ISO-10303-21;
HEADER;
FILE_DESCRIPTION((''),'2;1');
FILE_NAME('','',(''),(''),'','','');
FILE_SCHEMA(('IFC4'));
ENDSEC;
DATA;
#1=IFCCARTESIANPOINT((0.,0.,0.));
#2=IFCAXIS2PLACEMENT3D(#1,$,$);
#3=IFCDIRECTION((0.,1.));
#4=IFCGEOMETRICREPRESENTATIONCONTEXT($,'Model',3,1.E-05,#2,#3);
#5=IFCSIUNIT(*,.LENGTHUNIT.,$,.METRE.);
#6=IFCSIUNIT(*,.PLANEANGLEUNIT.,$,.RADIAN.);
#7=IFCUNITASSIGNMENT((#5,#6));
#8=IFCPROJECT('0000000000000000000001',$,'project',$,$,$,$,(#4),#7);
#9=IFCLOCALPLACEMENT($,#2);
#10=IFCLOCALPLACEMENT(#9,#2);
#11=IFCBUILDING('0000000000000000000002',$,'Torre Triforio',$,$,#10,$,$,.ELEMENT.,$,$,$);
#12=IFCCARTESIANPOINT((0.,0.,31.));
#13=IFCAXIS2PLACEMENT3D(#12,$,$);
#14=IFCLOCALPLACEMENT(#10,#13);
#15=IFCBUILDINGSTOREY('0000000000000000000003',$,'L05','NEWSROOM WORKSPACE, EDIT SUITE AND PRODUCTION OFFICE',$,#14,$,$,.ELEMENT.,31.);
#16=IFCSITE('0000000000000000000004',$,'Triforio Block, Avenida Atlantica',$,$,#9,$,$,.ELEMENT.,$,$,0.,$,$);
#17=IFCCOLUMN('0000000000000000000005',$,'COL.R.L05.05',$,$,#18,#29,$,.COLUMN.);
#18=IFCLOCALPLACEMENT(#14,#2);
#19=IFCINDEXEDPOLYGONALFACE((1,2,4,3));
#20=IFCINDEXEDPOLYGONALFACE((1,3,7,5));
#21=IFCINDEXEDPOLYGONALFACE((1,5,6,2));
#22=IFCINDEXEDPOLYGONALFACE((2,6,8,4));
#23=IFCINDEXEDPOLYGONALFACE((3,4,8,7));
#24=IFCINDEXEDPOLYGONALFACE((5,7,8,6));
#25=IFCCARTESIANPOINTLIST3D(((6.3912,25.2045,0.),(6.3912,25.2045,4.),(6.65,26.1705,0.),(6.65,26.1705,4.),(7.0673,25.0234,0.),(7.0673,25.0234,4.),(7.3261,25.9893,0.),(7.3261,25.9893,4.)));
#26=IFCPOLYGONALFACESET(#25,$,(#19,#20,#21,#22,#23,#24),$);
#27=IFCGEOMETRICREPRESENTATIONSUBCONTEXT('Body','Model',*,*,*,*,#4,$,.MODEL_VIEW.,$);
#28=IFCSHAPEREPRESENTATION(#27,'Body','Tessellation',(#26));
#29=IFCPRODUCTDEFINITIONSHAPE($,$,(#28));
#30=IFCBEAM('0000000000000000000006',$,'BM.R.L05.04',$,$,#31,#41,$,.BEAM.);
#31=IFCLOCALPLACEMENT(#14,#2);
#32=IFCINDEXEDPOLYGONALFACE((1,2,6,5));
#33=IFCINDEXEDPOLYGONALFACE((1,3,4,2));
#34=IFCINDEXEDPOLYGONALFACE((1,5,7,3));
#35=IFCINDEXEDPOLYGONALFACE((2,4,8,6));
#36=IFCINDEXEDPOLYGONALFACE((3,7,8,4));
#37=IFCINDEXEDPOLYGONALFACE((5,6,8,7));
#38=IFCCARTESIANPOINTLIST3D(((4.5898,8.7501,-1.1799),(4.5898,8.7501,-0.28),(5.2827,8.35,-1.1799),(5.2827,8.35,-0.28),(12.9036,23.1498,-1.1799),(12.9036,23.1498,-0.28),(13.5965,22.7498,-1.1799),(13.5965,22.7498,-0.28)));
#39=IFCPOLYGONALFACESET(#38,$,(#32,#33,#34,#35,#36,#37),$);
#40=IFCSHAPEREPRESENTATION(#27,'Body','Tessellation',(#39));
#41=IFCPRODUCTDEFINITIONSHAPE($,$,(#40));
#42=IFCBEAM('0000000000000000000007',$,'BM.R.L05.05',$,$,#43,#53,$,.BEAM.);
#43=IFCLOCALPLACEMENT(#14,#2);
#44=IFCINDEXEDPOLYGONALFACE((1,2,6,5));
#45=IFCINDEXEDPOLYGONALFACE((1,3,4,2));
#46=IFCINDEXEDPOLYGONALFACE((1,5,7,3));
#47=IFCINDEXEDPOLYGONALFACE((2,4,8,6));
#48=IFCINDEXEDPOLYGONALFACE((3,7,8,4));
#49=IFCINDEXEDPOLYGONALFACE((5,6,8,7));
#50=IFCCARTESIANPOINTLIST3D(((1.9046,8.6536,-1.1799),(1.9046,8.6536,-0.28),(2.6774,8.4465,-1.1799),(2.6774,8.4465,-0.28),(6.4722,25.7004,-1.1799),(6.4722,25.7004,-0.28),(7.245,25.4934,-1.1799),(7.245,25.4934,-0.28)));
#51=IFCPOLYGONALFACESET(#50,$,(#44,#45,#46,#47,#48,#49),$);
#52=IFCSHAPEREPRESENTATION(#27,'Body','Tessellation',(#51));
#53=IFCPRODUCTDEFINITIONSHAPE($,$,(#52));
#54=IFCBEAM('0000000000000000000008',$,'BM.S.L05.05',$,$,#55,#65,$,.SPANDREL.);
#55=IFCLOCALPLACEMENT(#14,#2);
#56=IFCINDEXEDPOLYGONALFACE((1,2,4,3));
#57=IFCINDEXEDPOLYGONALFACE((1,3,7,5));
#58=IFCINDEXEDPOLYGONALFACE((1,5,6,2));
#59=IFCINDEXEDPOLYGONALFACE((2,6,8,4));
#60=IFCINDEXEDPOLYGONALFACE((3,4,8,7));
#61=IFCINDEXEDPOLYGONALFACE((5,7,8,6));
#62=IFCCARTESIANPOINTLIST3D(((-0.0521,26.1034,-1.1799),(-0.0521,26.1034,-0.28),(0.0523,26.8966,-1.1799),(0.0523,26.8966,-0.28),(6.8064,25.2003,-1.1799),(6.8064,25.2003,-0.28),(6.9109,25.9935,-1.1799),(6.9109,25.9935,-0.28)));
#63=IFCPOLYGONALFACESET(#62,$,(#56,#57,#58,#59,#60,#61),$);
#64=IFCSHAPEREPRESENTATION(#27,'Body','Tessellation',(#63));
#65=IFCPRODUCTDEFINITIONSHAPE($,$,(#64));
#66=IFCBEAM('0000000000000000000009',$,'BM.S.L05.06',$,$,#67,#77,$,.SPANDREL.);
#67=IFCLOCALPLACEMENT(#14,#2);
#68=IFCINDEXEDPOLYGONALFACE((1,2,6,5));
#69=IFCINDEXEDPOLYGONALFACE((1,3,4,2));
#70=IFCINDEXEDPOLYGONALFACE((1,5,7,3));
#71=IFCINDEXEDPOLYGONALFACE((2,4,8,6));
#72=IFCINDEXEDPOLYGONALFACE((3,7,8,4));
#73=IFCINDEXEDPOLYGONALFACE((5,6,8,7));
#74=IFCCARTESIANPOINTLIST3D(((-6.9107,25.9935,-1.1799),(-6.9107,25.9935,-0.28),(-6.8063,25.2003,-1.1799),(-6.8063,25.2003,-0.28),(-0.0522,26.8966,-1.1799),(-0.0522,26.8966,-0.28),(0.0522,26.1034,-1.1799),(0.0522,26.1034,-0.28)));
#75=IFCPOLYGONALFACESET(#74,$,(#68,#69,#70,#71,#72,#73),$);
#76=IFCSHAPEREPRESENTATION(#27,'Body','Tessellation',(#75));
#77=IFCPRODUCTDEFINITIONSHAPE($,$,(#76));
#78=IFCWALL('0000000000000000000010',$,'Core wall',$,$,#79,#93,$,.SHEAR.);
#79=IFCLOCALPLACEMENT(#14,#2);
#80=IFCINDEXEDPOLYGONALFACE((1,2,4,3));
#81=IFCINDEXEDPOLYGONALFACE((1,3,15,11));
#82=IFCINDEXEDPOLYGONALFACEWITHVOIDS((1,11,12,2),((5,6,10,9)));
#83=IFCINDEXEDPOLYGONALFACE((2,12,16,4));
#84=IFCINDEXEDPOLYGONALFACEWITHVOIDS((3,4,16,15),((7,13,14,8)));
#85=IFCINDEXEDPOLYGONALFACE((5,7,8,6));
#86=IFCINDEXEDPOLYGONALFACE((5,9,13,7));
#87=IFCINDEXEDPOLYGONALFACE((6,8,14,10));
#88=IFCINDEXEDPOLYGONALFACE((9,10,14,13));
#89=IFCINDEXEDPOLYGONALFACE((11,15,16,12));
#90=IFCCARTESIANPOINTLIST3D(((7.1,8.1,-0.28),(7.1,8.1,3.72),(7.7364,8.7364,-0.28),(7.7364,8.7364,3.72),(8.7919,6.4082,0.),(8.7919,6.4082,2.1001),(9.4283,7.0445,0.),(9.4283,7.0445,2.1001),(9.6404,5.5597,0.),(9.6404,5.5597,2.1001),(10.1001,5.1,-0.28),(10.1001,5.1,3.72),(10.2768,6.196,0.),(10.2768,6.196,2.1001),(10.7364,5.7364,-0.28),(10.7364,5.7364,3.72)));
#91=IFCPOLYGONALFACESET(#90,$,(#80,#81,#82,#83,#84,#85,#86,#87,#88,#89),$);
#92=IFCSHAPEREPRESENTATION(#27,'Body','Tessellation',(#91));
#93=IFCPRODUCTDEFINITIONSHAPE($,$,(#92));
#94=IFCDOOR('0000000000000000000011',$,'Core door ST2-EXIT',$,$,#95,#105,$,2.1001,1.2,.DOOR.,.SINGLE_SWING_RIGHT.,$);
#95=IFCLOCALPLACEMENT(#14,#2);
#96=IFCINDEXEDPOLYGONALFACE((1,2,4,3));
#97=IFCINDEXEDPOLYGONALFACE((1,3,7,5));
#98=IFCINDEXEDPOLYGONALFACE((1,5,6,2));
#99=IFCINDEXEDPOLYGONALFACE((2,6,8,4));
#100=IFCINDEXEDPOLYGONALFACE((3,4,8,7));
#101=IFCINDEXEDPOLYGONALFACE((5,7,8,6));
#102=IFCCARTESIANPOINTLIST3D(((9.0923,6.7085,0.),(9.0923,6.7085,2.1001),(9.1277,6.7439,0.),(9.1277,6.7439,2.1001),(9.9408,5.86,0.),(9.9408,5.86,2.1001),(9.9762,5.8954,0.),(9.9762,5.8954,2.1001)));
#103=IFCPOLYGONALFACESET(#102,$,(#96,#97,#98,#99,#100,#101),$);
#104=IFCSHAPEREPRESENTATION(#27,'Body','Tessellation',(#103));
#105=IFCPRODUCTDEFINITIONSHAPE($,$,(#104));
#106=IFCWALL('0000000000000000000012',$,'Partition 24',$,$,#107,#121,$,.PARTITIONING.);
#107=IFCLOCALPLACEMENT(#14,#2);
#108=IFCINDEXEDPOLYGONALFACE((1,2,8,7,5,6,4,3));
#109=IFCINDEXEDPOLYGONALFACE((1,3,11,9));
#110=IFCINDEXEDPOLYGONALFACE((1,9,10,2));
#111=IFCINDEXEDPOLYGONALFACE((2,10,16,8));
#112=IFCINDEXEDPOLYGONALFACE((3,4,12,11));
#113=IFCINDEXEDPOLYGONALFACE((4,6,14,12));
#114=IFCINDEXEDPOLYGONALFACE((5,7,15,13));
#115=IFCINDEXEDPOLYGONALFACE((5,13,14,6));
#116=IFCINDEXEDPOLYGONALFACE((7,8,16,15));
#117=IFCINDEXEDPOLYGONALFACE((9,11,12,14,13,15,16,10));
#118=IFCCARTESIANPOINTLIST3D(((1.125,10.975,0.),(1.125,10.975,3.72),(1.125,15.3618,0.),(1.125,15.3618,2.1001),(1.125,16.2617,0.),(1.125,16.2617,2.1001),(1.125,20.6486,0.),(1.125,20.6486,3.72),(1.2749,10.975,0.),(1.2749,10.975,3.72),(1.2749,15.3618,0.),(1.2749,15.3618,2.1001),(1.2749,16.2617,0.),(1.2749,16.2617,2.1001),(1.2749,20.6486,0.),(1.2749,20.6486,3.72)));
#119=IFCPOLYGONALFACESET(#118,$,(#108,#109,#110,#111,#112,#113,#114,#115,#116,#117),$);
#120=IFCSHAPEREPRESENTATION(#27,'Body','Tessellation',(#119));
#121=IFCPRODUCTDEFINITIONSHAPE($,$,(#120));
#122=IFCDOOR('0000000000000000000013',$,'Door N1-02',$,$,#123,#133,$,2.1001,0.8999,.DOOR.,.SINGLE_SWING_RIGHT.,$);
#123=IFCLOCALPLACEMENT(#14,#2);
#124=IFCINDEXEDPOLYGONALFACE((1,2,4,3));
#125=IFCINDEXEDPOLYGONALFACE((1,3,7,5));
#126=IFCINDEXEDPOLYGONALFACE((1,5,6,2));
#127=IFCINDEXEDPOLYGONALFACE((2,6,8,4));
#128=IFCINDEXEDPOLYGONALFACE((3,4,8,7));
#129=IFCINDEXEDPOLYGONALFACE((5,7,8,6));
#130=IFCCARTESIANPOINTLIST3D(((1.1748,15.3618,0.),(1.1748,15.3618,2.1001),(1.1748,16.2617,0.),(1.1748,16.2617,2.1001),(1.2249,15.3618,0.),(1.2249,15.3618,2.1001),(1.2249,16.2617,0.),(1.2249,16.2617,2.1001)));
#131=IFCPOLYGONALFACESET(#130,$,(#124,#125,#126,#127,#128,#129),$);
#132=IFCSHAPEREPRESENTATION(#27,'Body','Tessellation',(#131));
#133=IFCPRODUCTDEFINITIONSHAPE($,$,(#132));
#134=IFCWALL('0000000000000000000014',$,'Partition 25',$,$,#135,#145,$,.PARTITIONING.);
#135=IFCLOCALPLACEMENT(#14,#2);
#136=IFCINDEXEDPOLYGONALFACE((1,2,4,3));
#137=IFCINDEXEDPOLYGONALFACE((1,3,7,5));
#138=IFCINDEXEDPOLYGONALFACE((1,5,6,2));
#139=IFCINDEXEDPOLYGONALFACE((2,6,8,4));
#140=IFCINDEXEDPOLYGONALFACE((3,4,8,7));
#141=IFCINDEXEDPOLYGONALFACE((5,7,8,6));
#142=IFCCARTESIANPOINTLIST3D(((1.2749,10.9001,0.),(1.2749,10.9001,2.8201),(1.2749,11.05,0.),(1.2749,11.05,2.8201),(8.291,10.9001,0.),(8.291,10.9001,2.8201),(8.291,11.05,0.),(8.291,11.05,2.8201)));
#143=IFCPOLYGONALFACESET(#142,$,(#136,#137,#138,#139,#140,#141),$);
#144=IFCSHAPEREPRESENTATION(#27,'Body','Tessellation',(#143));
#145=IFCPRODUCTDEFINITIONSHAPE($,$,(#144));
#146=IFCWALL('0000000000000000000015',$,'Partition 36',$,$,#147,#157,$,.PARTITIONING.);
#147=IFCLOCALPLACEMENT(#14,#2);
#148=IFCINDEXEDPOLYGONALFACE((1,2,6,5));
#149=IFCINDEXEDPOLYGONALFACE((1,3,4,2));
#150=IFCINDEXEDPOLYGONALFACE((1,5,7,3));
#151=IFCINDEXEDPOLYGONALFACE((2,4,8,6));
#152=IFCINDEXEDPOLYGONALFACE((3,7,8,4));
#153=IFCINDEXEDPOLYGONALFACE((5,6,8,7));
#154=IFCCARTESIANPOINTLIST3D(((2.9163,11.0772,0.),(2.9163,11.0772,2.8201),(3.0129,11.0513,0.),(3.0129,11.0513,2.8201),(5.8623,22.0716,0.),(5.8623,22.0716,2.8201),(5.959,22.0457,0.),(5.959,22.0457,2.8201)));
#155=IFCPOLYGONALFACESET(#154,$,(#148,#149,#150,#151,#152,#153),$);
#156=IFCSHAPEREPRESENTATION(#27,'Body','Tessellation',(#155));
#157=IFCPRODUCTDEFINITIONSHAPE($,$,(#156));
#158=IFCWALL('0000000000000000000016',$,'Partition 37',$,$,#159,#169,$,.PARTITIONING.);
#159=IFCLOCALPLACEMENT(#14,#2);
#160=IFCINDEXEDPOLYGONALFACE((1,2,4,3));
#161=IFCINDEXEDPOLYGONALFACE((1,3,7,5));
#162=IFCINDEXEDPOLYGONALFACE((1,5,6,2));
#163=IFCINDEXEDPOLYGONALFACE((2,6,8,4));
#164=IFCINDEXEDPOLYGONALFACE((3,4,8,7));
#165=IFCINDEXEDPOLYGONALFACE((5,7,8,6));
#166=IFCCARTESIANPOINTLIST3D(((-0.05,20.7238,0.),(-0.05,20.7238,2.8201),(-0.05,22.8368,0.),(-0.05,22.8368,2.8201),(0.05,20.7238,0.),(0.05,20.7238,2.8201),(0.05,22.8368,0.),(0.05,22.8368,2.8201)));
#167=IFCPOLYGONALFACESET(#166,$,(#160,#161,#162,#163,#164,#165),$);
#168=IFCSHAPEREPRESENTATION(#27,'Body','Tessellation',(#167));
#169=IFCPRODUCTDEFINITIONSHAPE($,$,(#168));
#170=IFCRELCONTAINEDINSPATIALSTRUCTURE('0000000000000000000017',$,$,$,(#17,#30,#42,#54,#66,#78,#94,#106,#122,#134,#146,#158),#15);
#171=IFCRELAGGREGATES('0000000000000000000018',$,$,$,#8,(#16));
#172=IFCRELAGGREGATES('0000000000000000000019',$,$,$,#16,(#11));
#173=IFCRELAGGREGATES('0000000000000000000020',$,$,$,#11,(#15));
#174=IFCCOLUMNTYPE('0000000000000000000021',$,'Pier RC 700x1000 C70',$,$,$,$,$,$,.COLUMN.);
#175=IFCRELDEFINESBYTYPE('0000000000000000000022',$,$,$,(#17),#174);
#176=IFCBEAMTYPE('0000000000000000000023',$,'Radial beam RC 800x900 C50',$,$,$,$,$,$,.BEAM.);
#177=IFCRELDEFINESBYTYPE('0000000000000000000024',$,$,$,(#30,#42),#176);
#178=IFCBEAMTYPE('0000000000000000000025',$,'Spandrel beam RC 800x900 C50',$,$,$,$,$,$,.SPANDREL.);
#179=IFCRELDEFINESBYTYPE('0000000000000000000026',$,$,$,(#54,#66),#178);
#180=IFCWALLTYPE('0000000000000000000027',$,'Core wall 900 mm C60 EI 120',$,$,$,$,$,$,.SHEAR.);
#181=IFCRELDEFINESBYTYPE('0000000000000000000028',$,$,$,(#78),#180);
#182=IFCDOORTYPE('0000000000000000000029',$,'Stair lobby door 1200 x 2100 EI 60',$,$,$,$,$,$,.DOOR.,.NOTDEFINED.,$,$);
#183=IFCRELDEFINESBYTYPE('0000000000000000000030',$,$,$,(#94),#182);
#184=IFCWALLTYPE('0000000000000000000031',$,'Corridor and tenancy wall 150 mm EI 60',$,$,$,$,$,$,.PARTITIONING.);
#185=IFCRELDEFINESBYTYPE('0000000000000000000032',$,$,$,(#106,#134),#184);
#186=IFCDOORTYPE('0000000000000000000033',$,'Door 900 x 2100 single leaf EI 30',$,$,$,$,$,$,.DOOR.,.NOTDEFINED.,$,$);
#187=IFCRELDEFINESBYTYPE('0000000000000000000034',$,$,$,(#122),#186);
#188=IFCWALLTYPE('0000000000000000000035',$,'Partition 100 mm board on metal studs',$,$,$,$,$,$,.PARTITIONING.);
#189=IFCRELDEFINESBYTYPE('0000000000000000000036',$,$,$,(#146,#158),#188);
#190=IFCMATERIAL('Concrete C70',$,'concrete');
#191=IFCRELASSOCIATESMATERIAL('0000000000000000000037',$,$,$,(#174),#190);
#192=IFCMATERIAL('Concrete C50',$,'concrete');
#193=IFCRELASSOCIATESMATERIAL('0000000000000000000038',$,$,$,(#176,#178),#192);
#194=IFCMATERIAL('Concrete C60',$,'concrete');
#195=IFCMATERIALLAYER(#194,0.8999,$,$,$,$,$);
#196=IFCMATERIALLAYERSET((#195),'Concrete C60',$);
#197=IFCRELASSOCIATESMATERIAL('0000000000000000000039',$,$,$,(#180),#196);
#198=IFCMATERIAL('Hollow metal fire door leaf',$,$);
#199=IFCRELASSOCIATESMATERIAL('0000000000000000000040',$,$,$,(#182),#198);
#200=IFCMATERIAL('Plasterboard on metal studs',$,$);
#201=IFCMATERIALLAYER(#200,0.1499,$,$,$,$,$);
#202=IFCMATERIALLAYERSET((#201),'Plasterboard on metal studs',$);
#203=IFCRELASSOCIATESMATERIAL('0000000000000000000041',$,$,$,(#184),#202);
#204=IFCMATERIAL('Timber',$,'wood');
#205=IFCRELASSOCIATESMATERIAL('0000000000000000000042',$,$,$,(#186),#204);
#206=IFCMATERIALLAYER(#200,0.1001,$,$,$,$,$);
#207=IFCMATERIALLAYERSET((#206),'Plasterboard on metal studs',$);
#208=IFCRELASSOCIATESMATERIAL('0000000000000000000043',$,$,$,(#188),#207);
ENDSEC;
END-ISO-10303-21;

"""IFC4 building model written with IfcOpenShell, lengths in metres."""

from ifc_helpers import new_model, si_unit, direction, frame, frame_2d, origin, origin_2d, place, context, subcontext, project, spatial, rectangle, extrude, material, layer, layer_set, material_profile, profile_set, type_object, element, fill, save


model = new_model("IFC4")

# Units and contexts
model_context = context("Model", 3, precision=1e-05, world=origin(), true_north=direction((0.0, 1.0)))
body_context = subcontext(model_context, "Body", "Model", "MODEL_VIEW")
ifc_project = project(units=[si_unit("LENGTHUNIT", "METRE"), si_unit("PLANEANGLEUNIT", "RADIAN")], contexts=[model_context])

# Site, building, storey
site_placement = place(None, origin())
site = spatial("IfcSite", under=ifc_project, at=site_placement, Name="Triforio Block, Avenida Atlantica", CompositionType="ELEMENT", RefElevation=0.0)
building_placement = place(site_placement, origin())
building = spatial("IfcBuilding", under=site, at=building_placement, Name="Torre Triforio", CompositionType="ELEMENT")
storey_placement = place(building_placement, frame((0.0, 0.0, 31.0)))
storey = spatial("IfcBuildingStorey", under=building, at=storey_placement, Name="L05", Description="NEWSROOM WORKSPACE, EDIT SUITE AND PRODUCTION OFFICE", CompositionType="ELEMENT", Elevation=31.0)

# Column
ifc_material_1 = material(Name="Concrete C70", Category="concrete")
ifc_material_profile_1 = material_profile(ifc_material_1, rectangle(XDim=0.7, YDim=1.0, at=origin_2d()), Name="RC 700x1000")
ifc_profile_set_1 = profile_set([ifc_material_profile_1], Name="Concrete C70")
column_type = type_object("IfcColumnType", Name="Pier RC 700x1000 C70", PredefinedType="COLUMN", material=ifc_profile_set_1)
column_placement = place(storey_placement, frame((6.8586, 25.5969, 0.0), z_axis=(0.0, 0.0, 1.0), x_axis=(-0.965926, 0.258819, 0.0)))
element("IfcColumn", 1, at=column_placement, inside=storey, type_object=column_type, Name="COL.R.L05.05", PredefinedType="COLUMN", context=body_context, shape_type="SweptSolid", body=[
    extrude(rectangle(XDim=0.7, YDim=1.0, at=origin_2d()), origin(), (0.0, 0.0, 1.0), 4.0),
])

# Beams
ifc_material_2 = material(Name="Concrete C50", Category="concrete")
ifc_material_profile_2 = material_profile(ifc_material_2, rectangle(XDim=0.8, YDim=0.8999, at=origin_2d()), Name="RC 800x900")
ifc_profile_set_2 = profile_set([ifc_material_profile_2], Name="Concrete C50")
beam_type_1 = type_object("IfcBeamType", Name="Radial beam RC 800x900 C50", PredefinedType="BEAM", material=ifc_profile_set_2)
beam_1_placement = place(storey_placement, frame((4.9363, 8.55, -0.73), z_axis=(0.500003, 0.866023, 0.0), x_axis=(-0.866023, 0.500003, 0.0)))
element("IfcBeam", 2, at=beam_1_placement, inside=storey, type_object=beam_type_1, Name="BM.R.L05.04", PredefinedType="BEAM", context=body_context, shape_type="SweptSolid", body=[
    extrude(rectangle(XDim=0.8, YDim=0.8999, at=origin_2d()), origin(), (0.0, 0.0, 1.0), 16.6274),
])
beam_2_placement = place(storey_placement, frame((2.291, 8.55, -0.73), z_axis=(0.258815, 0.965927, 0.0), x_axis=(-0.965927, 0.258815, 0.0)))
element("IfcBeam", 3, at=beam_2_placement, inside=storey, type_object=beam_type_1, Name="BM.R.L05.05", PredefinedType="BEAM", context=body_context, shape_type="SweptSolid", body=[
    extrude(rectangle(XDim=0.8, YDim=0.8999, at=origin_2d()), origin(), (0.0, 0.0, 1.0), 17.6482),
])
ifc_material_profile_3 = material_profile(ifc_material_2, rectangle(XDim=0.8, YDim=0.8999, at=origin_2d()), Name="RC 800x900")
ifc_profile_set_3 = profile_set([ifc_material_profile_3], Name="Concrete C50")
beam_type_2 = type_object("IfcBeamType", Name="Spandrel beam RC 800x900 C50", PredefinedType="SPANDREL", material=ifc_profile_set_3)
for number, where, z_axis, x_axis, name in (
    (4, (6.8586, 25.5969, -0.73), (-0.991443, 0.130543, 0.0), (-0.130543, -0.991443, 0.0), "BM.S.L05.05"),
    (5, (0.0, 26.5, -0.73), (-0.991443, -0.130543, 0.0), (0.130543, -0.991443, 0.0), "BM.S.L05.06"),
):
    element("IfcBeam", number, at=place(storey_placement, frame(where, z_axis=z_axis, x_axis=x_axis)), inside=storey, type_object=beam_type_2, Name=name, PredefinedType="SPANDREL", context=body_context, shape_type="SweptSolid", body=[
        extrude(rectangle(XDim=0.8, YDim=0.8999, at=origin_2d()), origin(), (0.0, 0.0, 1.0), 6.9177),
    ])

# Walls, openings, doors
ifc_material_3 = material(Name="Concrete C60", Category="concrete")
ifc_layer_1 = layer(ifc_material_3, 0.8999)
ifc_layer_set_1 = layer_set([ifc_layer_1], Name="Concrete C60")
wall_type_1 = type_object("IfcWallType", Name="Core wall 900 mm C60 EI 120", PredefinedType="SHEAR", material=ifc_layer_set_1)
wall_1_placement = place(storey_placement, frame((7.4182, 8.4182, -0.28), z_axis=(0.0, 0.0, 1.0), x_axis=(0.707107, -0.707107, 0.0)))
wall_1 = element("IfcWall", 6, at=wall_1_placement, inside=storey, type_object=wall_type_1, Name="Core wall", PredefinedType="SHEAR", context=body_context, shape_type="SweptSolid", body=[
    extrude(rectangle(XDim=4.2427, YDim=0.8999, at=frame_2d((2.1213, 0.0))), origin(), (0.0, 0.0, 1.0), 4.0),
])
opening_1_placement = place(wall_1_placement, frame((2.3926, 0.0, 0.28)))
opening_1 = element("IfcOpeningElement", 7, at=opening_1_placement, cuts=wall_1, PredefinedType="OPENING", context=body_context, shape_type="SweptSolid", body=[
    extrude(rectangle(XDim=1.2, YDim=2.1001, at=frame_2d((0.6001, 1.05))), frame((0.0, 0.46, 0.0), z_axis=(0.0, -1.0, 0.0), x_axis=(1.0, 0.0, 0.0)), (0.0, 0.0, 1.0), 0.9199),
])
ifc_material_4 = material(Name="Hollow metal fire door leaf")
door_type_1 = type_object("IfcDoorType", Name="Stair lobby door 1200 x 2100 EI 60", OperationType="NOTDEFINED", PredefinedType="DOOR", material=ifc_material_4)
door_1_placement = place(opening_1_placement, origin())
door_1 = element("IfcDoor", 8, at=door_1_placement, inside=storey, type_object=door_type_1, Name="Core door ST2-EXIT", OperationType="SINGLE_SWING_RIGHT", OverallHeight=2.1001, OverallWidth=1.2, PredefinedType="DOOR", context=body_context, shape_type="SweptSolid", body=[
    extrude(rectangle(XDim=1.2, YDim=2.1001, at=frame_2d((0.6001, 1.05))), frame((0.0, 0.0249, 0.0), z_axis=(0.0, -1.0, 0.0), x_axis=(1.0, 0.0, 0.0)), (0.0, 0.0, 1.0), 0.05),
])
fill(opening_1, door_1)
ifc_material_5 = material(Name="Plasterboard on metal studs")
ifc_layer_2 = layer(ifc_material_5, 0.1499)
ifc_layer_set_2 = layer_set([ifc_layer_2], Name="Plasterboard on metal studs")
wall_type_2 = type_object("IfcWallType", Name="Corridor and tenancy wall 150 mm EI 60", PredefinedType="PARTITIONING", material=ifc_layer_set_2)
wall_2_placement = place(storey_placement, frame((1.2, 20.6487, 0.0), z_axis=(0.0, 0.0, 1.0), x_axis=(0.0, -1.0, 0.0)))
wall_2 = element("IfcWall", 9, at=wall_2_placement, inside=storey, type_object=wall_type_2, Name="Partition 24", PredefinedType="PARTITIONING", context=body_context, shape_type="SweptSolid", body=[
    extrude(rectangle(XDim=9.6736, YDim=0.1499, at=frame_2d((4.8369, 0.0))), origin(), (0.0, 0.0, 1.0), 3.72),
])
opening_2_placement = place(wall_2_placement, frame((4.387, 0.0, 0.0)))
opening_2 = element("IfcOpeningElement", 10, at=opening_2_placement, cuts=wall_2, PredefinedType="OPENING", context=body_context, shape_type="SweptSolid", body=[
    extrude(rectangle(XDim=0.8999, YDim=2.1001, at=frame_2d((0.45, 1.05))), frame((0.0, 0.085, 0.0), z_axis=(0.0, -1.0, 0.0), x_axis=(1.0, 0.0, 0.0)), (0.0, 0.0, 1.0), 0.1699),
])
ifc_material_6 = material(Name="Timber", Category="wood")
door_type_2 = type_object("IfcDoorType", Name="Door 900 x 2100 single leaf EI 30", OperationType="NOTDEFINED", PredefinedType="DOOR", material=ifc_material_6)
door_2_placement = place(opening_2_placement, origin())
door_2 = element("IfcDoor", 11, at=door_2_placement, inside=storey, type_object=door_type_2, Name="Door N1-02", OperationType="SINGLE_SWING_RIGHT", OverallHeight=2.1001, OverallWidth=0.8999, PredefinedType="DOOR", context=body_context, shape_type="SweptSolid", body=[
    extrude(rectangle(XDim=0.8999, YDim=2.1001, at=frame_2d((0.45, 1.05))), frame((0.0, 0.0249, 0.0), z_axis=(0.0, -1.0, 0.0), x_axis=(1.0, 0.0, 0.0)), (0.0, 0.0, 1.0), 0.05),
])
fill(opening_2, door_2)

# Walls
wall_3_placement = place(storey_placement, frame((1.2749, 10.9751, 0.0), z_axis=(0.0, 0.0, 1.0), x_axis=(1.0, 0.0, 0.0)))
element("IfcWall", 12, at=wall_3_placement, inside=storey, type_object=wall_type_2, Name="Partition 25", PredefinedType="PARTITIONING", context=body_context, shape_type="SweptSolid", body=[
    extrude(rectangle(XDim=7.0161, YDim=0.1499, at=frame_2d((3.5081, 0.0))), origin(), (0.0, 0.0, 1.0), 2.8201),
])
ifc_layer_3 = layer(ifc_material_5, 0.1001)
ifc_layer_set_3 = layer_set([ifc_layer_3], Name="Plasterboard on metal studs")
wall_type_3 = type_object("IfcWallType", Name="Partition 100 mm board on metal studs", PredefinedType="PARTITIONING", material=ifc_layer_set_3)
wall_4_placement = place(storey_placement, frame((2.9646, 11.0642, 0.0), z_axis=(0.0, 0.0, 1.0), x_axis=(0.258828, 0.965923, 0.0)))
element("IfcWall", 13, at=wall_4_placement, inside=storey, type_object=wall_type_3, Name="Partition 36", PredefinedType="PARTITIONING", context=body_context, shape_type="SweptSolid", body=[
    extrude(rectangle(XDim=11.3823, YDim=0.1001, at=frame_2d((5.6912, 0.0))), origin(), (0.0, 0.0, 1.0), 2.8201),
])
wall_5_placement = place(storey_placement, frame((0.0, 20.7236, 0.0), z_axis=(0.0, 0.0, 1.0), x_axis=(0.0, 1.0, 0.0)))
element("IfcWall", 14, at=wall_5_placement, inside=storey, type_object=wall_type_3, Name="Partition 37", PredefinedType="PARTITIONING", context=body_context, shape_type="SweptSolid", body=[
    extrude(rectangle(XDim=2.113, YDim=0.1001, at=frame_2d((1.0566, 0.0))), origin(), (0.0, 0.0, 1.0), 2.8201),
])

save(model, "model.ifc")
